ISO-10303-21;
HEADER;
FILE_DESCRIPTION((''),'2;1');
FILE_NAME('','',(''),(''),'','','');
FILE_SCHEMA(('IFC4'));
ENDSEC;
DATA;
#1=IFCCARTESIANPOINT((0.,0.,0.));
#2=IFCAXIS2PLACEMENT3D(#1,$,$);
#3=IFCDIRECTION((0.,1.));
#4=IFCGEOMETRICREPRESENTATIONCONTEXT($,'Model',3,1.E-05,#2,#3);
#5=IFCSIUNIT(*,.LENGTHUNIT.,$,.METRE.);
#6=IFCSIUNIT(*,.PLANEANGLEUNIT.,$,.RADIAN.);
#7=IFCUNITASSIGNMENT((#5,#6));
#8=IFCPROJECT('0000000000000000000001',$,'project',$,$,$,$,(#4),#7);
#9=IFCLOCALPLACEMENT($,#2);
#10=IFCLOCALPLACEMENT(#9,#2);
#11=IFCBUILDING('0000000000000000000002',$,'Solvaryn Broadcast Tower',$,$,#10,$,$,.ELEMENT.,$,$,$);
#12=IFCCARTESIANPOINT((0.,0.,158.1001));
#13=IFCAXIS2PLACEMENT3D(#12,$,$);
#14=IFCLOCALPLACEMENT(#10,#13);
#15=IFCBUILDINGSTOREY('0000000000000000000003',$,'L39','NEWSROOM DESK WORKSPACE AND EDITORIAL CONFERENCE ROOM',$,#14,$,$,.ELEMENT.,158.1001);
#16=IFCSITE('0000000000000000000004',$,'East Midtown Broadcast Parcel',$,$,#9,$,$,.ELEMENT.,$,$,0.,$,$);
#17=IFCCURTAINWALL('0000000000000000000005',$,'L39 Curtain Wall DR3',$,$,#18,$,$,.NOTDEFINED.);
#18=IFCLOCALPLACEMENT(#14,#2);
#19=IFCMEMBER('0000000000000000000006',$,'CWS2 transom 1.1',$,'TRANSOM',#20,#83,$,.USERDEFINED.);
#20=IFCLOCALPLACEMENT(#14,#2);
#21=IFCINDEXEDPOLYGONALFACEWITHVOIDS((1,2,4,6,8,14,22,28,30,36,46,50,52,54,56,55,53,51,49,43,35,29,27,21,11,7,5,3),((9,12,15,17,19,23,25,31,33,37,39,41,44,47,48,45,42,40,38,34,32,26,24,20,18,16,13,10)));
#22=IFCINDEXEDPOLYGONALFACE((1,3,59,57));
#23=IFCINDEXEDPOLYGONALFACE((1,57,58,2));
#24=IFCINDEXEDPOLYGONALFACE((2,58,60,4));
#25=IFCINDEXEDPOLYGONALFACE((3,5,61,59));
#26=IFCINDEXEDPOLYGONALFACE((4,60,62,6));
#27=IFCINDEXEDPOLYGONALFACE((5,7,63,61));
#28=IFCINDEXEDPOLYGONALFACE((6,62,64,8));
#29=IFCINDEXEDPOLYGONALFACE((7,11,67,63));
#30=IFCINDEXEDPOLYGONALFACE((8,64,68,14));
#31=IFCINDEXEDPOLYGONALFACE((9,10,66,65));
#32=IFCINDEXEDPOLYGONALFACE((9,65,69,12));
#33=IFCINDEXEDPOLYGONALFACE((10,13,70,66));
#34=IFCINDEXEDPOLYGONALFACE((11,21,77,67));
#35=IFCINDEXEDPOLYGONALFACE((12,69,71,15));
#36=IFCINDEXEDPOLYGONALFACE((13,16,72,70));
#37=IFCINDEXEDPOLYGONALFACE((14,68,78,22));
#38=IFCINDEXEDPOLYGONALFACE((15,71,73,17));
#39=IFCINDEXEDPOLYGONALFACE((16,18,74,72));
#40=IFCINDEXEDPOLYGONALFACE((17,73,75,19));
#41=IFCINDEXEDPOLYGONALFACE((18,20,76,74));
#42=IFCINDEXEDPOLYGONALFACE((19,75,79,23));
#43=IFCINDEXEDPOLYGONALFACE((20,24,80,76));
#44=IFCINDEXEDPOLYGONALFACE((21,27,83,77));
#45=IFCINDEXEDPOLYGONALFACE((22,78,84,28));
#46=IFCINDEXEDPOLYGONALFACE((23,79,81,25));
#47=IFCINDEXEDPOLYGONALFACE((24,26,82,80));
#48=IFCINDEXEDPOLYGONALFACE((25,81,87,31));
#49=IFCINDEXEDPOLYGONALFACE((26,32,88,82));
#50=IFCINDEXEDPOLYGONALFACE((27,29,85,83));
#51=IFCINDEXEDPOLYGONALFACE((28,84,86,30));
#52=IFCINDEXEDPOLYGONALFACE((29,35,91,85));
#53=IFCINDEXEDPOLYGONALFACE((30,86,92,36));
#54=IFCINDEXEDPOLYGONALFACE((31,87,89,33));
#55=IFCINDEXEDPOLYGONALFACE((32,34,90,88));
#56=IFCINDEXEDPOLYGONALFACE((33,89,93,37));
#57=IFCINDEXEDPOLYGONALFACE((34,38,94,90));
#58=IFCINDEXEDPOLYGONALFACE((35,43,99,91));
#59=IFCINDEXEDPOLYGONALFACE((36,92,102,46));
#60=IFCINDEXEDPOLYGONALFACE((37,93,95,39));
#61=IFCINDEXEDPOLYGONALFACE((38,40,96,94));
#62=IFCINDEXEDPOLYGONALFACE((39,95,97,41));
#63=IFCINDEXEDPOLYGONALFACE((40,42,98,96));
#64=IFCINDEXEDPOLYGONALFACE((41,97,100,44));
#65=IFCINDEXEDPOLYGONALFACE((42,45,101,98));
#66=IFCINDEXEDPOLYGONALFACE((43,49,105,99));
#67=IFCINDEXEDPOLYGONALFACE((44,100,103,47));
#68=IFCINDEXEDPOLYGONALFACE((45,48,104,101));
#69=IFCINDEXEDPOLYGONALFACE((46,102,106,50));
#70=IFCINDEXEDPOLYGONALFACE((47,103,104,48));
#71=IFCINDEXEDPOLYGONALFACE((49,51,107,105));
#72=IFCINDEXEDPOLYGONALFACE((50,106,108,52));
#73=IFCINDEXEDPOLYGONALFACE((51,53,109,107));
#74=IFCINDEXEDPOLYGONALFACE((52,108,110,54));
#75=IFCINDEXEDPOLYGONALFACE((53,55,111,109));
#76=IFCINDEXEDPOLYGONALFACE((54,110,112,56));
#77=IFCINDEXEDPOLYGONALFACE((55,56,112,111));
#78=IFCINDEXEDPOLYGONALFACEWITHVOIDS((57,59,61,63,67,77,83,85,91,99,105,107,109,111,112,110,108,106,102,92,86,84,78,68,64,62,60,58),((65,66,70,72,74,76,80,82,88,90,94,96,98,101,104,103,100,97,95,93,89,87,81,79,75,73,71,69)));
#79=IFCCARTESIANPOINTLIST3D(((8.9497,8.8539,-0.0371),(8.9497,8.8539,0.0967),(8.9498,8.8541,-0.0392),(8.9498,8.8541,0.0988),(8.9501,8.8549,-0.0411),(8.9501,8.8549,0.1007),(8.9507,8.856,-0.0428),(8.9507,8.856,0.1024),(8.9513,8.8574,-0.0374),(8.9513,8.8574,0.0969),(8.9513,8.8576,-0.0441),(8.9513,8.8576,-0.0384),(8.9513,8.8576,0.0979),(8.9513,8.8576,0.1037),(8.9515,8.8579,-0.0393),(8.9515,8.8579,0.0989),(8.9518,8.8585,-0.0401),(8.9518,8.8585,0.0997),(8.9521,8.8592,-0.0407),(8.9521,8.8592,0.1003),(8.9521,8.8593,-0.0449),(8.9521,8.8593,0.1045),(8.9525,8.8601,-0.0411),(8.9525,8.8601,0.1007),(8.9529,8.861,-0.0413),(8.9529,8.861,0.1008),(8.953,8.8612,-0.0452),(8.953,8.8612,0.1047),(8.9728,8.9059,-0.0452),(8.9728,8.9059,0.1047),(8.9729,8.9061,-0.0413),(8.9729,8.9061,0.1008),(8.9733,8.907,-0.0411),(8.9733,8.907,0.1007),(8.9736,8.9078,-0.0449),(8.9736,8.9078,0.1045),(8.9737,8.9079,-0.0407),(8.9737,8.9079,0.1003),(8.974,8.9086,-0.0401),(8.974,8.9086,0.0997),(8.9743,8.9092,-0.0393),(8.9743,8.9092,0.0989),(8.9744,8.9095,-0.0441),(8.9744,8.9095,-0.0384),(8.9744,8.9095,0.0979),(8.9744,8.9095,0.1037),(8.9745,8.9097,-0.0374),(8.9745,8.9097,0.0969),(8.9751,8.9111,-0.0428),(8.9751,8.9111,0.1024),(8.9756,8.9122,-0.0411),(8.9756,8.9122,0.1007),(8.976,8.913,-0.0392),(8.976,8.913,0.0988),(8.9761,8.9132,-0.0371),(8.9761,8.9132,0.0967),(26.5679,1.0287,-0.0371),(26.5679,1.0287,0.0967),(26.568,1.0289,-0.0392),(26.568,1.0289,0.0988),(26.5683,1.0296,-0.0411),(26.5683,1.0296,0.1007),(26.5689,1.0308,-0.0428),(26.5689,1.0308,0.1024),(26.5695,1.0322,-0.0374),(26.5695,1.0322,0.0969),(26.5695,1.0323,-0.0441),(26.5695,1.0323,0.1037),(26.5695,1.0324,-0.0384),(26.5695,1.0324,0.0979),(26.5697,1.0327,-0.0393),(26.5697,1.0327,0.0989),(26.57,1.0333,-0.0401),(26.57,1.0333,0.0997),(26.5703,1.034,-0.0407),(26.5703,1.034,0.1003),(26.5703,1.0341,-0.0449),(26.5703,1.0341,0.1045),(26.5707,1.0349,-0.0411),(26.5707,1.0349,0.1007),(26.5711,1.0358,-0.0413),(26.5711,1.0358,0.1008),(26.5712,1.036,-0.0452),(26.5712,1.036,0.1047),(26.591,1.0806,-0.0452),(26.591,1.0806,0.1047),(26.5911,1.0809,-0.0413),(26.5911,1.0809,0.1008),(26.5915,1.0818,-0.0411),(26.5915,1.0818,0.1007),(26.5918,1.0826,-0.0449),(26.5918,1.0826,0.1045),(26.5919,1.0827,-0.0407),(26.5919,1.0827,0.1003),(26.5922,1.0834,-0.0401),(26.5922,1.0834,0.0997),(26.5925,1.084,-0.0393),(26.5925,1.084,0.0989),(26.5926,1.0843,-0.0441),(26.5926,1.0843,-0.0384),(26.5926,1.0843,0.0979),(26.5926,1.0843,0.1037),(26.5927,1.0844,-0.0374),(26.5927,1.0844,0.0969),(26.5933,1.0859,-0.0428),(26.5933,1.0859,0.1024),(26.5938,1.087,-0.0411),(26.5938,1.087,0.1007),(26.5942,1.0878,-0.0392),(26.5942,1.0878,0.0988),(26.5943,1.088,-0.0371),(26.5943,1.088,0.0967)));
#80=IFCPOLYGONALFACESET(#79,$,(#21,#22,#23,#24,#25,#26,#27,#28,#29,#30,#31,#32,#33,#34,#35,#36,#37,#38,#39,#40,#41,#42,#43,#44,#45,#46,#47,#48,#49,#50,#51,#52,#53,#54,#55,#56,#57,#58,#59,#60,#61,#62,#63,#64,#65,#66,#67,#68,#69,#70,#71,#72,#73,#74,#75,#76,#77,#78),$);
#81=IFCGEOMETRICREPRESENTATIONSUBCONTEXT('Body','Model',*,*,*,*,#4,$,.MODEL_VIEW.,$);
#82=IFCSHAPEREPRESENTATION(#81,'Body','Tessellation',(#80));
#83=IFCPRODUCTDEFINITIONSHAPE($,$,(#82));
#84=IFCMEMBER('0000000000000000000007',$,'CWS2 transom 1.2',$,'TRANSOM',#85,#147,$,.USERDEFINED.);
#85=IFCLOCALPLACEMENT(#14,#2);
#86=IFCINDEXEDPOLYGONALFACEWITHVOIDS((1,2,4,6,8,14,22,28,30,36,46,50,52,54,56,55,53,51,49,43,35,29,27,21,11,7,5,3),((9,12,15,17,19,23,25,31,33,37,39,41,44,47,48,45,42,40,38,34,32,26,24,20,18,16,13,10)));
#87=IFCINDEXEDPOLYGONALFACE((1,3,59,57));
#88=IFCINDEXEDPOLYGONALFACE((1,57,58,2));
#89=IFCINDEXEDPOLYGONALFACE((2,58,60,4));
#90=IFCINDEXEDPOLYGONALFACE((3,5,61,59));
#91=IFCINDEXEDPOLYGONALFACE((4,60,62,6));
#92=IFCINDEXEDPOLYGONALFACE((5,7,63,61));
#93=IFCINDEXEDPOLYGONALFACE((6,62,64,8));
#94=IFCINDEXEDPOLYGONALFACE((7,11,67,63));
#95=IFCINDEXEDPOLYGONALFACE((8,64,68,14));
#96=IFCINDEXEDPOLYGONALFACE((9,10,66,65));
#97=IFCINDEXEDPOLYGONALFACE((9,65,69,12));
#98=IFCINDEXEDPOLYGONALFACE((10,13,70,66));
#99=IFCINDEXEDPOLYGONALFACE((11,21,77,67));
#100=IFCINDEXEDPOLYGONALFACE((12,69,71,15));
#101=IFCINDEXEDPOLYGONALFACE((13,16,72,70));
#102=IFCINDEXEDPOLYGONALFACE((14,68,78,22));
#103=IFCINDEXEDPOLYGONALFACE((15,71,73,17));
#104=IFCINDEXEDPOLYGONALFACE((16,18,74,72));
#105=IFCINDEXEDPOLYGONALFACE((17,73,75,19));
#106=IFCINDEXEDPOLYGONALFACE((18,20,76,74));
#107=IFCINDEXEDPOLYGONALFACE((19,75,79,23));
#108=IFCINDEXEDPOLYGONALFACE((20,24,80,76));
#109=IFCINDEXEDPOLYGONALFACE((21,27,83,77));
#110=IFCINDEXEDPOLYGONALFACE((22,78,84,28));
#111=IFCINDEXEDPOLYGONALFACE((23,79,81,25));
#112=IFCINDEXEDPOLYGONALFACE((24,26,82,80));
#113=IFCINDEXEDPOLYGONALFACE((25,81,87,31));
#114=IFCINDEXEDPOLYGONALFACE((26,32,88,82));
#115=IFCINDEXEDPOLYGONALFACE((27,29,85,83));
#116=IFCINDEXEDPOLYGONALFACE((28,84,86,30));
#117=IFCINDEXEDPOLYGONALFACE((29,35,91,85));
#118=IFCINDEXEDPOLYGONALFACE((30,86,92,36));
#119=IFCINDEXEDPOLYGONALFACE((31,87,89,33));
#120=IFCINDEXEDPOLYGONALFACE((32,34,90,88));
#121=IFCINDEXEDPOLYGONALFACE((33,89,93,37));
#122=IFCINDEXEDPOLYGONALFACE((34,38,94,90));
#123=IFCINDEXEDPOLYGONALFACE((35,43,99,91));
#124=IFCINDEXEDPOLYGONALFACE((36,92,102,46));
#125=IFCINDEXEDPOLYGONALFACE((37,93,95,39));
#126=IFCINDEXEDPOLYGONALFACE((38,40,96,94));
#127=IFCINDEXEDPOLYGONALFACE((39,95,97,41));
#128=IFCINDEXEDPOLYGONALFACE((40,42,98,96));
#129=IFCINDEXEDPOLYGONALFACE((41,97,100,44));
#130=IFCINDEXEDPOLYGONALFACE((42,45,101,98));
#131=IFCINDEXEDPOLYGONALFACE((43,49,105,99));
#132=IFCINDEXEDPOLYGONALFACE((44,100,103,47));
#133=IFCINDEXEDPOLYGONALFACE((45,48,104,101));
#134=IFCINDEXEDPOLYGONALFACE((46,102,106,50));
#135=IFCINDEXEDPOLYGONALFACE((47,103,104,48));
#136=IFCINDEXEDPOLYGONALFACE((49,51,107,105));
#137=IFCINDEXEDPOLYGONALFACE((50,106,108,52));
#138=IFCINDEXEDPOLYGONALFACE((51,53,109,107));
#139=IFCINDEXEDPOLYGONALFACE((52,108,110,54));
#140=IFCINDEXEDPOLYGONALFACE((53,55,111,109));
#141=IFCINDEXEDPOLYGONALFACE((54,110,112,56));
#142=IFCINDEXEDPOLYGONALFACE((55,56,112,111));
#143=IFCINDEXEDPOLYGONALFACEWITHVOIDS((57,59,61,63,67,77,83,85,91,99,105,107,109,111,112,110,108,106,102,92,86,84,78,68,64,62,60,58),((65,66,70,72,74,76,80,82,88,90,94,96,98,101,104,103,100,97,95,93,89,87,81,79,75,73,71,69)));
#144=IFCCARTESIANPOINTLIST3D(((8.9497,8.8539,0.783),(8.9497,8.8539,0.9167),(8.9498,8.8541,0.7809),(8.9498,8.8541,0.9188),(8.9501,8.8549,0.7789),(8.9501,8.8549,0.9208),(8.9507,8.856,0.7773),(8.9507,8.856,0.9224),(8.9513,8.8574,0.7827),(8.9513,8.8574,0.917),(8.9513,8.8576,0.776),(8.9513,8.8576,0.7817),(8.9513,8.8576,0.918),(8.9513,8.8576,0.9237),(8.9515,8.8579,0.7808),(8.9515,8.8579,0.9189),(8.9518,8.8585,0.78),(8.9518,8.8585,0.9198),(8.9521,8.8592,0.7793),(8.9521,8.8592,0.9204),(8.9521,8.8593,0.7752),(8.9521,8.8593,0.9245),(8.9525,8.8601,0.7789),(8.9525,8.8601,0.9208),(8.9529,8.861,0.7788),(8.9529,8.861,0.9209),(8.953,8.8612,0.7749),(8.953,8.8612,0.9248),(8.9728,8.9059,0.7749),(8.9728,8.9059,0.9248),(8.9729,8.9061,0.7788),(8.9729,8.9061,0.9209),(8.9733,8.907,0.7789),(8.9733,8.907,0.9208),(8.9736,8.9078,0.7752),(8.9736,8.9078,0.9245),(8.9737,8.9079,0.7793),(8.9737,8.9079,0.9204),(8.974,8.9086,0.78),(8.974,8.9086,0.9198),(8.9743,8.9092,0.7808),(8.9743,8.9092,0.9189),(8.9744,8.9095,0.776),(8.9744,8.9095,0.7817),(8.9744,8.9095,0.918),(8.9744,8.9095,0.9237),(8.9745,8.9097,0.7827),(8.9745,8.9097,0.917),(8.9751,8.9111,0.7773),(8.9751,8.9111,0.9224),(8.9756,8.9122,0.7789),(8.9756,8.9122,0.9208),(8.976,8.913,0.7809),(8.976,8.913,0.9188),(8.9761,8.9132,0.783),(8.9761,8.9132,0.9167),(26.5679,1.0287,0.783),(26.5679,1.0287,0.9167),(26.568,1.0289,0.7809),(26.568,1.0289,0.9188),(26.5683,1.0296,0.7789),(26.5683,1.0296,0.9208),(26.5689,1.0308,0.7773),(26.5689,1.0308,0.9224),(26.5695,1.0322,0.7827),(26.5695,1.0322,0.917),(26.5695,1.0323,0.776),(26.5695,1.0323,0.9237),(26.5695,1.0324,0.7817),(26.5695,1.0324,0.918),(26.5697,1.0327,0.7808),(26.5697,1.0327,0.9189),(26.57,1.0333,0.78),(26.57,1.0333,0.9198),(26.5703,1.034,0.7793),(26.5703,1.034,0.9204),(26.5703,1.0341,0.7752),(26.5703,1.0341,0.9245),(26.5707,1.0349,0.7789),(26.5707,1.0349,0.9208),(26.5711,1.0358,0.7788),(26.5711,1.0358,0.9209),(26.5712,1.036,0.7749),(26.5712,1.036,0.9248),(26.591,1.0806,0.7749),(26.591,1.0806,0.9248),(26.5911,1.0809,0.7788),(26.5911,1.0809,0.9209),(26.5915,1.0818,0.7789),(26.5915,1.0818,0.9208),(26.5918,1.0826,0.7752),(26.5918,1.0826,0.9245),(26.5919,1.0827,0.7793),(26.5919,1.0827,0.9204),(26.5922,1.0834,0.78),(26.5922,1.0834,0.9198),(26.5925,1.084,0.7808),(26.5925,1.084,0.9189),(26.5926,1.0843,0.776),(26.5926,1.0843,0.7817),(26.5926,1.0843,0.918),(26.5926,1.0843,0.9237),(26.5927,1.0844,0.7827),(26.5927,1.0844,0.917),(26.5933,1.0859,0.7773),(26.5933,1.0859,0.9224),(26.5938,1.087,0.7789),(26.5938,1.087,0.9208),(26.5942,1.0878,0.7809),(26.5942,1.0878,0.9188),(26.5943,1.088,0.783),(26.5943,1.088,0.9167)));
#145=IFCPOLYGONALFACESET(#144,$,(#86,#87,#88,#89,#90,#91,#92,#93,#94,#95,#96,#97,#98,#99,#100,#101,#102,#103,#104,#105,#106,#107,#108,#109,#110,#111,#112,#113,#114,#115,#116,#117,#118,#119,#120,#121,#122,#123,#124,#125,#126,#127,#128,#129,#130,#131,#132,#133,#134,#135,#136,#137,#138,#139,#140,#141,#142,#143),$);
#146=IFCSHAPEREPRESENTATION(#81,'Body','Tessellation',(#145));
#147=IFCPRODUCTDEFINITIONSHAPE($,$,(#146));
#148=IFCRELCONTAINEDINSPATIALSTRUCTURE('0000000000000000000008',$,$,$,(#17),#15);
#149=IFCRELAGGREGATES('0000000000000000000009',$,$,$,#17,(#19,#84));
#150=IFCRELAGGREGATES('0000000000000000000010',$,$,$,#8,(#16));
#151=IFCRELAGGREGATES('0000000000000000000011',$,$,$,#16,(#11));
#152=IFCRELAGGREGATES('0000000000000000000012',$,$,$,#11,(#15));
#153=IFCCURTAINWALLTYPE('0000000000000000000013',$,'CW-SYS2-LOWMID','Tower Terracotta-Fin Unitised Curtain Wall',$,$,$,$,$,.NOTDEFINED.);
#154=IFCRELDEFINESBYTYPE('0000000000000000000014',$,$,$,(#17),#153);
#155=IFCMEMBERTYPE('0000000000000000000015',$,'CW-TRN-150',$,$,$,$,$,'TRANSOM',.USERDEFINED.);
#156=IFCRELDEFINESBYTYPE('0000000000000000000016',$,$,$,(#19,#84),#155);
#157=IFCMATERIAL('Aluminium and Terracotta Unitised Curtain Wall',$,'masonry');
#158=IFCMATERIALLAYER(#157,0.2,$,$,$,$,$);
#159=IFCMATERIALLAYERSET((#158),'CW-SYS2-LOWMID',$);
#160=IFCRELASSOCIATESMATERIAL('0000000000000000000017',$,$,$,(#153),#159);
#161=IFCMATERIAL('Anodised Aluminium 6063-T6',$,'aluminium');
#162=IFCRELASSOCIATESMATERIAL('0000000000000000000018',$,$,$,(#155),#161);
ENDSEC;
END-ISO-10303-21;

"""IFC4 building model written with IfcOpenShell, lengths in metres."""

from ifc_helpers import new_model, si_unit, direction, frame, origin, origin_2d, place, context, subcontext, project, spatial, hollow_rectangle, extrude, material, layer, layer_set, material_profile, profile_set, type_object, element, aggregate, save


model = new_model("IFC4")

# Units and contexts
model_context = context("Model", 3, precision=1e-05, world=origin(), true_north=direction((0.0, 1.0)))
body_context = subcontext(model_context, "Body", "Model", "MODEL_VIEW")
ifc_project = project(units=[si_unit("LENGTHUNIT", "METRE"), si_unit("PLANEANGLEUNIT", "RADIAN")], contexts=[model_context])

# Site, building, storey
site_placement = place(None, origin())
site = spatial("IfcSite", under=ifc_project, at=site_placement, Name="East Midtown Broadcast Parcel", CompositionType="ELEMENT", RefElevation=0.0)
building_placement = place(site_placement, origin())
building = spatial("IfcBuilding", under=site, at=building_placement, Name="Solvaryn Broadcast Tower", CompositionType="ELEMENT")
storey_placement = place(building_placement, frame((0.0, 0.0, 158.1001)))
storey = spatial("IfcBuildingStorey", under=building, at=storey_placement, Name="L39", Description="NEWSROOM DESK WORKSPACE AND EDITORIAL CONFERENCE ROOM", CompositionType="ELEMENT", Elevation=158.1001)

# Shared definitions
ifc_material_1 = material(Name="Aluminium and Terracotta Unitised Curtain Wall", Category="masonry")
ifc_layer_1 = layer(ifc_material_1, 0.2)
ifc_layer_set_1 = layer_set([ifc_layer_1], Name="CW-SYS2-LOWMID")
curtain_wall_type = type_object("IfcCurtainWallType", Name="CW-SYS2-LOWMID", Description="Tower Terracotta-Fin Unitised Curtain Wall", PredefinedType="NOTDEFINED", material=ifc_layer_set_1)

# Curtain wall, members
curtain_wall_1_placement = place(storey_placement, origin())
curtain_wall_1 = element("IfcCurtainWall", 1, at=curtain_wall_1_placement, inside=storey, type_object=curtain_wall_type, Name="L39 Curtain Wall DR3", PredefinedType="NOTDEFINED")
ifc_material_2 = material(Name="Anodised Aluminium 6063-T6", Category="aluminium")
ifc_material_profile_1 = material_profile(ifc_material_2, hollow_rectangle(XDim=0.0649, YDim=0.1499, WallThickness=0.0039, InnerFilletRadius=0.0039, OuterFilletRadius=0.0081, at=origin_2d()))
ifc_profile_set_1 = profile_set([ifc_material_profile_1], Name="Anodised Aluminium 6063-T6")
member_type_1 = type_object("IfcMemberType", Name="CW-TRN-150", ElementType="TRANSOM", PredefinedType="USERDEFINED", material=ifc_profile_set_1)
member_1_placement = place(storey_placement, frame((8.9629, 8.8835, 0.0298), z_axis=(0.91391, -0.405918, 0.0), x_axis=(0.405918, 0.91391, 0.0)))
member_1 = element("IfcMember", 2, at=member_1_placement, type_object=member_type_1, Name="CWS2 transom 1.1", ObjectType="TRANSOM", PredefinedType="USERDEFINED", context=body_context, shape_type="SweptSolid", body=[
    extrude(hollow_rectangle(XDim=0.0649, YDim=0.1499, WallThickness=0.0039, InnerFilletRadius=0.0039, OuterFilletRadius=0.0081, at=origin_2d()), origin(), (0.0, 0.0, 1.0), 19.2778),
])
member_2_placement = place(storey_placement, frame((8.9629, 8.8835, 0.8499), z_axis=(0.91391, -0.405918, 0.0), x_axis=(0.405918, 0.91391, 0.0)))
member_2 = element("IfcMember", 3, at=member_2_placement, type_object=member_type_1, Name="CWS2 transom 1.2", ObjectType="TRANSOM", PredefinedType="USERDEFINED", context=body_context, shape_type="SweptSolid", body=[
    extrude(hollow_rectangle(XDim=0.0649, YDim=0.1499, WallThickness=0.0039, InnerFilletRadius=0.0039, OuterFilletRadius=0.0081, at=origin_2d()), origin(), (0.0, 0.0, 1.0), 19.2778),
])
aggregate(curtain_wall_1, [member_1, member_2])

save(model, "model.ifc")
